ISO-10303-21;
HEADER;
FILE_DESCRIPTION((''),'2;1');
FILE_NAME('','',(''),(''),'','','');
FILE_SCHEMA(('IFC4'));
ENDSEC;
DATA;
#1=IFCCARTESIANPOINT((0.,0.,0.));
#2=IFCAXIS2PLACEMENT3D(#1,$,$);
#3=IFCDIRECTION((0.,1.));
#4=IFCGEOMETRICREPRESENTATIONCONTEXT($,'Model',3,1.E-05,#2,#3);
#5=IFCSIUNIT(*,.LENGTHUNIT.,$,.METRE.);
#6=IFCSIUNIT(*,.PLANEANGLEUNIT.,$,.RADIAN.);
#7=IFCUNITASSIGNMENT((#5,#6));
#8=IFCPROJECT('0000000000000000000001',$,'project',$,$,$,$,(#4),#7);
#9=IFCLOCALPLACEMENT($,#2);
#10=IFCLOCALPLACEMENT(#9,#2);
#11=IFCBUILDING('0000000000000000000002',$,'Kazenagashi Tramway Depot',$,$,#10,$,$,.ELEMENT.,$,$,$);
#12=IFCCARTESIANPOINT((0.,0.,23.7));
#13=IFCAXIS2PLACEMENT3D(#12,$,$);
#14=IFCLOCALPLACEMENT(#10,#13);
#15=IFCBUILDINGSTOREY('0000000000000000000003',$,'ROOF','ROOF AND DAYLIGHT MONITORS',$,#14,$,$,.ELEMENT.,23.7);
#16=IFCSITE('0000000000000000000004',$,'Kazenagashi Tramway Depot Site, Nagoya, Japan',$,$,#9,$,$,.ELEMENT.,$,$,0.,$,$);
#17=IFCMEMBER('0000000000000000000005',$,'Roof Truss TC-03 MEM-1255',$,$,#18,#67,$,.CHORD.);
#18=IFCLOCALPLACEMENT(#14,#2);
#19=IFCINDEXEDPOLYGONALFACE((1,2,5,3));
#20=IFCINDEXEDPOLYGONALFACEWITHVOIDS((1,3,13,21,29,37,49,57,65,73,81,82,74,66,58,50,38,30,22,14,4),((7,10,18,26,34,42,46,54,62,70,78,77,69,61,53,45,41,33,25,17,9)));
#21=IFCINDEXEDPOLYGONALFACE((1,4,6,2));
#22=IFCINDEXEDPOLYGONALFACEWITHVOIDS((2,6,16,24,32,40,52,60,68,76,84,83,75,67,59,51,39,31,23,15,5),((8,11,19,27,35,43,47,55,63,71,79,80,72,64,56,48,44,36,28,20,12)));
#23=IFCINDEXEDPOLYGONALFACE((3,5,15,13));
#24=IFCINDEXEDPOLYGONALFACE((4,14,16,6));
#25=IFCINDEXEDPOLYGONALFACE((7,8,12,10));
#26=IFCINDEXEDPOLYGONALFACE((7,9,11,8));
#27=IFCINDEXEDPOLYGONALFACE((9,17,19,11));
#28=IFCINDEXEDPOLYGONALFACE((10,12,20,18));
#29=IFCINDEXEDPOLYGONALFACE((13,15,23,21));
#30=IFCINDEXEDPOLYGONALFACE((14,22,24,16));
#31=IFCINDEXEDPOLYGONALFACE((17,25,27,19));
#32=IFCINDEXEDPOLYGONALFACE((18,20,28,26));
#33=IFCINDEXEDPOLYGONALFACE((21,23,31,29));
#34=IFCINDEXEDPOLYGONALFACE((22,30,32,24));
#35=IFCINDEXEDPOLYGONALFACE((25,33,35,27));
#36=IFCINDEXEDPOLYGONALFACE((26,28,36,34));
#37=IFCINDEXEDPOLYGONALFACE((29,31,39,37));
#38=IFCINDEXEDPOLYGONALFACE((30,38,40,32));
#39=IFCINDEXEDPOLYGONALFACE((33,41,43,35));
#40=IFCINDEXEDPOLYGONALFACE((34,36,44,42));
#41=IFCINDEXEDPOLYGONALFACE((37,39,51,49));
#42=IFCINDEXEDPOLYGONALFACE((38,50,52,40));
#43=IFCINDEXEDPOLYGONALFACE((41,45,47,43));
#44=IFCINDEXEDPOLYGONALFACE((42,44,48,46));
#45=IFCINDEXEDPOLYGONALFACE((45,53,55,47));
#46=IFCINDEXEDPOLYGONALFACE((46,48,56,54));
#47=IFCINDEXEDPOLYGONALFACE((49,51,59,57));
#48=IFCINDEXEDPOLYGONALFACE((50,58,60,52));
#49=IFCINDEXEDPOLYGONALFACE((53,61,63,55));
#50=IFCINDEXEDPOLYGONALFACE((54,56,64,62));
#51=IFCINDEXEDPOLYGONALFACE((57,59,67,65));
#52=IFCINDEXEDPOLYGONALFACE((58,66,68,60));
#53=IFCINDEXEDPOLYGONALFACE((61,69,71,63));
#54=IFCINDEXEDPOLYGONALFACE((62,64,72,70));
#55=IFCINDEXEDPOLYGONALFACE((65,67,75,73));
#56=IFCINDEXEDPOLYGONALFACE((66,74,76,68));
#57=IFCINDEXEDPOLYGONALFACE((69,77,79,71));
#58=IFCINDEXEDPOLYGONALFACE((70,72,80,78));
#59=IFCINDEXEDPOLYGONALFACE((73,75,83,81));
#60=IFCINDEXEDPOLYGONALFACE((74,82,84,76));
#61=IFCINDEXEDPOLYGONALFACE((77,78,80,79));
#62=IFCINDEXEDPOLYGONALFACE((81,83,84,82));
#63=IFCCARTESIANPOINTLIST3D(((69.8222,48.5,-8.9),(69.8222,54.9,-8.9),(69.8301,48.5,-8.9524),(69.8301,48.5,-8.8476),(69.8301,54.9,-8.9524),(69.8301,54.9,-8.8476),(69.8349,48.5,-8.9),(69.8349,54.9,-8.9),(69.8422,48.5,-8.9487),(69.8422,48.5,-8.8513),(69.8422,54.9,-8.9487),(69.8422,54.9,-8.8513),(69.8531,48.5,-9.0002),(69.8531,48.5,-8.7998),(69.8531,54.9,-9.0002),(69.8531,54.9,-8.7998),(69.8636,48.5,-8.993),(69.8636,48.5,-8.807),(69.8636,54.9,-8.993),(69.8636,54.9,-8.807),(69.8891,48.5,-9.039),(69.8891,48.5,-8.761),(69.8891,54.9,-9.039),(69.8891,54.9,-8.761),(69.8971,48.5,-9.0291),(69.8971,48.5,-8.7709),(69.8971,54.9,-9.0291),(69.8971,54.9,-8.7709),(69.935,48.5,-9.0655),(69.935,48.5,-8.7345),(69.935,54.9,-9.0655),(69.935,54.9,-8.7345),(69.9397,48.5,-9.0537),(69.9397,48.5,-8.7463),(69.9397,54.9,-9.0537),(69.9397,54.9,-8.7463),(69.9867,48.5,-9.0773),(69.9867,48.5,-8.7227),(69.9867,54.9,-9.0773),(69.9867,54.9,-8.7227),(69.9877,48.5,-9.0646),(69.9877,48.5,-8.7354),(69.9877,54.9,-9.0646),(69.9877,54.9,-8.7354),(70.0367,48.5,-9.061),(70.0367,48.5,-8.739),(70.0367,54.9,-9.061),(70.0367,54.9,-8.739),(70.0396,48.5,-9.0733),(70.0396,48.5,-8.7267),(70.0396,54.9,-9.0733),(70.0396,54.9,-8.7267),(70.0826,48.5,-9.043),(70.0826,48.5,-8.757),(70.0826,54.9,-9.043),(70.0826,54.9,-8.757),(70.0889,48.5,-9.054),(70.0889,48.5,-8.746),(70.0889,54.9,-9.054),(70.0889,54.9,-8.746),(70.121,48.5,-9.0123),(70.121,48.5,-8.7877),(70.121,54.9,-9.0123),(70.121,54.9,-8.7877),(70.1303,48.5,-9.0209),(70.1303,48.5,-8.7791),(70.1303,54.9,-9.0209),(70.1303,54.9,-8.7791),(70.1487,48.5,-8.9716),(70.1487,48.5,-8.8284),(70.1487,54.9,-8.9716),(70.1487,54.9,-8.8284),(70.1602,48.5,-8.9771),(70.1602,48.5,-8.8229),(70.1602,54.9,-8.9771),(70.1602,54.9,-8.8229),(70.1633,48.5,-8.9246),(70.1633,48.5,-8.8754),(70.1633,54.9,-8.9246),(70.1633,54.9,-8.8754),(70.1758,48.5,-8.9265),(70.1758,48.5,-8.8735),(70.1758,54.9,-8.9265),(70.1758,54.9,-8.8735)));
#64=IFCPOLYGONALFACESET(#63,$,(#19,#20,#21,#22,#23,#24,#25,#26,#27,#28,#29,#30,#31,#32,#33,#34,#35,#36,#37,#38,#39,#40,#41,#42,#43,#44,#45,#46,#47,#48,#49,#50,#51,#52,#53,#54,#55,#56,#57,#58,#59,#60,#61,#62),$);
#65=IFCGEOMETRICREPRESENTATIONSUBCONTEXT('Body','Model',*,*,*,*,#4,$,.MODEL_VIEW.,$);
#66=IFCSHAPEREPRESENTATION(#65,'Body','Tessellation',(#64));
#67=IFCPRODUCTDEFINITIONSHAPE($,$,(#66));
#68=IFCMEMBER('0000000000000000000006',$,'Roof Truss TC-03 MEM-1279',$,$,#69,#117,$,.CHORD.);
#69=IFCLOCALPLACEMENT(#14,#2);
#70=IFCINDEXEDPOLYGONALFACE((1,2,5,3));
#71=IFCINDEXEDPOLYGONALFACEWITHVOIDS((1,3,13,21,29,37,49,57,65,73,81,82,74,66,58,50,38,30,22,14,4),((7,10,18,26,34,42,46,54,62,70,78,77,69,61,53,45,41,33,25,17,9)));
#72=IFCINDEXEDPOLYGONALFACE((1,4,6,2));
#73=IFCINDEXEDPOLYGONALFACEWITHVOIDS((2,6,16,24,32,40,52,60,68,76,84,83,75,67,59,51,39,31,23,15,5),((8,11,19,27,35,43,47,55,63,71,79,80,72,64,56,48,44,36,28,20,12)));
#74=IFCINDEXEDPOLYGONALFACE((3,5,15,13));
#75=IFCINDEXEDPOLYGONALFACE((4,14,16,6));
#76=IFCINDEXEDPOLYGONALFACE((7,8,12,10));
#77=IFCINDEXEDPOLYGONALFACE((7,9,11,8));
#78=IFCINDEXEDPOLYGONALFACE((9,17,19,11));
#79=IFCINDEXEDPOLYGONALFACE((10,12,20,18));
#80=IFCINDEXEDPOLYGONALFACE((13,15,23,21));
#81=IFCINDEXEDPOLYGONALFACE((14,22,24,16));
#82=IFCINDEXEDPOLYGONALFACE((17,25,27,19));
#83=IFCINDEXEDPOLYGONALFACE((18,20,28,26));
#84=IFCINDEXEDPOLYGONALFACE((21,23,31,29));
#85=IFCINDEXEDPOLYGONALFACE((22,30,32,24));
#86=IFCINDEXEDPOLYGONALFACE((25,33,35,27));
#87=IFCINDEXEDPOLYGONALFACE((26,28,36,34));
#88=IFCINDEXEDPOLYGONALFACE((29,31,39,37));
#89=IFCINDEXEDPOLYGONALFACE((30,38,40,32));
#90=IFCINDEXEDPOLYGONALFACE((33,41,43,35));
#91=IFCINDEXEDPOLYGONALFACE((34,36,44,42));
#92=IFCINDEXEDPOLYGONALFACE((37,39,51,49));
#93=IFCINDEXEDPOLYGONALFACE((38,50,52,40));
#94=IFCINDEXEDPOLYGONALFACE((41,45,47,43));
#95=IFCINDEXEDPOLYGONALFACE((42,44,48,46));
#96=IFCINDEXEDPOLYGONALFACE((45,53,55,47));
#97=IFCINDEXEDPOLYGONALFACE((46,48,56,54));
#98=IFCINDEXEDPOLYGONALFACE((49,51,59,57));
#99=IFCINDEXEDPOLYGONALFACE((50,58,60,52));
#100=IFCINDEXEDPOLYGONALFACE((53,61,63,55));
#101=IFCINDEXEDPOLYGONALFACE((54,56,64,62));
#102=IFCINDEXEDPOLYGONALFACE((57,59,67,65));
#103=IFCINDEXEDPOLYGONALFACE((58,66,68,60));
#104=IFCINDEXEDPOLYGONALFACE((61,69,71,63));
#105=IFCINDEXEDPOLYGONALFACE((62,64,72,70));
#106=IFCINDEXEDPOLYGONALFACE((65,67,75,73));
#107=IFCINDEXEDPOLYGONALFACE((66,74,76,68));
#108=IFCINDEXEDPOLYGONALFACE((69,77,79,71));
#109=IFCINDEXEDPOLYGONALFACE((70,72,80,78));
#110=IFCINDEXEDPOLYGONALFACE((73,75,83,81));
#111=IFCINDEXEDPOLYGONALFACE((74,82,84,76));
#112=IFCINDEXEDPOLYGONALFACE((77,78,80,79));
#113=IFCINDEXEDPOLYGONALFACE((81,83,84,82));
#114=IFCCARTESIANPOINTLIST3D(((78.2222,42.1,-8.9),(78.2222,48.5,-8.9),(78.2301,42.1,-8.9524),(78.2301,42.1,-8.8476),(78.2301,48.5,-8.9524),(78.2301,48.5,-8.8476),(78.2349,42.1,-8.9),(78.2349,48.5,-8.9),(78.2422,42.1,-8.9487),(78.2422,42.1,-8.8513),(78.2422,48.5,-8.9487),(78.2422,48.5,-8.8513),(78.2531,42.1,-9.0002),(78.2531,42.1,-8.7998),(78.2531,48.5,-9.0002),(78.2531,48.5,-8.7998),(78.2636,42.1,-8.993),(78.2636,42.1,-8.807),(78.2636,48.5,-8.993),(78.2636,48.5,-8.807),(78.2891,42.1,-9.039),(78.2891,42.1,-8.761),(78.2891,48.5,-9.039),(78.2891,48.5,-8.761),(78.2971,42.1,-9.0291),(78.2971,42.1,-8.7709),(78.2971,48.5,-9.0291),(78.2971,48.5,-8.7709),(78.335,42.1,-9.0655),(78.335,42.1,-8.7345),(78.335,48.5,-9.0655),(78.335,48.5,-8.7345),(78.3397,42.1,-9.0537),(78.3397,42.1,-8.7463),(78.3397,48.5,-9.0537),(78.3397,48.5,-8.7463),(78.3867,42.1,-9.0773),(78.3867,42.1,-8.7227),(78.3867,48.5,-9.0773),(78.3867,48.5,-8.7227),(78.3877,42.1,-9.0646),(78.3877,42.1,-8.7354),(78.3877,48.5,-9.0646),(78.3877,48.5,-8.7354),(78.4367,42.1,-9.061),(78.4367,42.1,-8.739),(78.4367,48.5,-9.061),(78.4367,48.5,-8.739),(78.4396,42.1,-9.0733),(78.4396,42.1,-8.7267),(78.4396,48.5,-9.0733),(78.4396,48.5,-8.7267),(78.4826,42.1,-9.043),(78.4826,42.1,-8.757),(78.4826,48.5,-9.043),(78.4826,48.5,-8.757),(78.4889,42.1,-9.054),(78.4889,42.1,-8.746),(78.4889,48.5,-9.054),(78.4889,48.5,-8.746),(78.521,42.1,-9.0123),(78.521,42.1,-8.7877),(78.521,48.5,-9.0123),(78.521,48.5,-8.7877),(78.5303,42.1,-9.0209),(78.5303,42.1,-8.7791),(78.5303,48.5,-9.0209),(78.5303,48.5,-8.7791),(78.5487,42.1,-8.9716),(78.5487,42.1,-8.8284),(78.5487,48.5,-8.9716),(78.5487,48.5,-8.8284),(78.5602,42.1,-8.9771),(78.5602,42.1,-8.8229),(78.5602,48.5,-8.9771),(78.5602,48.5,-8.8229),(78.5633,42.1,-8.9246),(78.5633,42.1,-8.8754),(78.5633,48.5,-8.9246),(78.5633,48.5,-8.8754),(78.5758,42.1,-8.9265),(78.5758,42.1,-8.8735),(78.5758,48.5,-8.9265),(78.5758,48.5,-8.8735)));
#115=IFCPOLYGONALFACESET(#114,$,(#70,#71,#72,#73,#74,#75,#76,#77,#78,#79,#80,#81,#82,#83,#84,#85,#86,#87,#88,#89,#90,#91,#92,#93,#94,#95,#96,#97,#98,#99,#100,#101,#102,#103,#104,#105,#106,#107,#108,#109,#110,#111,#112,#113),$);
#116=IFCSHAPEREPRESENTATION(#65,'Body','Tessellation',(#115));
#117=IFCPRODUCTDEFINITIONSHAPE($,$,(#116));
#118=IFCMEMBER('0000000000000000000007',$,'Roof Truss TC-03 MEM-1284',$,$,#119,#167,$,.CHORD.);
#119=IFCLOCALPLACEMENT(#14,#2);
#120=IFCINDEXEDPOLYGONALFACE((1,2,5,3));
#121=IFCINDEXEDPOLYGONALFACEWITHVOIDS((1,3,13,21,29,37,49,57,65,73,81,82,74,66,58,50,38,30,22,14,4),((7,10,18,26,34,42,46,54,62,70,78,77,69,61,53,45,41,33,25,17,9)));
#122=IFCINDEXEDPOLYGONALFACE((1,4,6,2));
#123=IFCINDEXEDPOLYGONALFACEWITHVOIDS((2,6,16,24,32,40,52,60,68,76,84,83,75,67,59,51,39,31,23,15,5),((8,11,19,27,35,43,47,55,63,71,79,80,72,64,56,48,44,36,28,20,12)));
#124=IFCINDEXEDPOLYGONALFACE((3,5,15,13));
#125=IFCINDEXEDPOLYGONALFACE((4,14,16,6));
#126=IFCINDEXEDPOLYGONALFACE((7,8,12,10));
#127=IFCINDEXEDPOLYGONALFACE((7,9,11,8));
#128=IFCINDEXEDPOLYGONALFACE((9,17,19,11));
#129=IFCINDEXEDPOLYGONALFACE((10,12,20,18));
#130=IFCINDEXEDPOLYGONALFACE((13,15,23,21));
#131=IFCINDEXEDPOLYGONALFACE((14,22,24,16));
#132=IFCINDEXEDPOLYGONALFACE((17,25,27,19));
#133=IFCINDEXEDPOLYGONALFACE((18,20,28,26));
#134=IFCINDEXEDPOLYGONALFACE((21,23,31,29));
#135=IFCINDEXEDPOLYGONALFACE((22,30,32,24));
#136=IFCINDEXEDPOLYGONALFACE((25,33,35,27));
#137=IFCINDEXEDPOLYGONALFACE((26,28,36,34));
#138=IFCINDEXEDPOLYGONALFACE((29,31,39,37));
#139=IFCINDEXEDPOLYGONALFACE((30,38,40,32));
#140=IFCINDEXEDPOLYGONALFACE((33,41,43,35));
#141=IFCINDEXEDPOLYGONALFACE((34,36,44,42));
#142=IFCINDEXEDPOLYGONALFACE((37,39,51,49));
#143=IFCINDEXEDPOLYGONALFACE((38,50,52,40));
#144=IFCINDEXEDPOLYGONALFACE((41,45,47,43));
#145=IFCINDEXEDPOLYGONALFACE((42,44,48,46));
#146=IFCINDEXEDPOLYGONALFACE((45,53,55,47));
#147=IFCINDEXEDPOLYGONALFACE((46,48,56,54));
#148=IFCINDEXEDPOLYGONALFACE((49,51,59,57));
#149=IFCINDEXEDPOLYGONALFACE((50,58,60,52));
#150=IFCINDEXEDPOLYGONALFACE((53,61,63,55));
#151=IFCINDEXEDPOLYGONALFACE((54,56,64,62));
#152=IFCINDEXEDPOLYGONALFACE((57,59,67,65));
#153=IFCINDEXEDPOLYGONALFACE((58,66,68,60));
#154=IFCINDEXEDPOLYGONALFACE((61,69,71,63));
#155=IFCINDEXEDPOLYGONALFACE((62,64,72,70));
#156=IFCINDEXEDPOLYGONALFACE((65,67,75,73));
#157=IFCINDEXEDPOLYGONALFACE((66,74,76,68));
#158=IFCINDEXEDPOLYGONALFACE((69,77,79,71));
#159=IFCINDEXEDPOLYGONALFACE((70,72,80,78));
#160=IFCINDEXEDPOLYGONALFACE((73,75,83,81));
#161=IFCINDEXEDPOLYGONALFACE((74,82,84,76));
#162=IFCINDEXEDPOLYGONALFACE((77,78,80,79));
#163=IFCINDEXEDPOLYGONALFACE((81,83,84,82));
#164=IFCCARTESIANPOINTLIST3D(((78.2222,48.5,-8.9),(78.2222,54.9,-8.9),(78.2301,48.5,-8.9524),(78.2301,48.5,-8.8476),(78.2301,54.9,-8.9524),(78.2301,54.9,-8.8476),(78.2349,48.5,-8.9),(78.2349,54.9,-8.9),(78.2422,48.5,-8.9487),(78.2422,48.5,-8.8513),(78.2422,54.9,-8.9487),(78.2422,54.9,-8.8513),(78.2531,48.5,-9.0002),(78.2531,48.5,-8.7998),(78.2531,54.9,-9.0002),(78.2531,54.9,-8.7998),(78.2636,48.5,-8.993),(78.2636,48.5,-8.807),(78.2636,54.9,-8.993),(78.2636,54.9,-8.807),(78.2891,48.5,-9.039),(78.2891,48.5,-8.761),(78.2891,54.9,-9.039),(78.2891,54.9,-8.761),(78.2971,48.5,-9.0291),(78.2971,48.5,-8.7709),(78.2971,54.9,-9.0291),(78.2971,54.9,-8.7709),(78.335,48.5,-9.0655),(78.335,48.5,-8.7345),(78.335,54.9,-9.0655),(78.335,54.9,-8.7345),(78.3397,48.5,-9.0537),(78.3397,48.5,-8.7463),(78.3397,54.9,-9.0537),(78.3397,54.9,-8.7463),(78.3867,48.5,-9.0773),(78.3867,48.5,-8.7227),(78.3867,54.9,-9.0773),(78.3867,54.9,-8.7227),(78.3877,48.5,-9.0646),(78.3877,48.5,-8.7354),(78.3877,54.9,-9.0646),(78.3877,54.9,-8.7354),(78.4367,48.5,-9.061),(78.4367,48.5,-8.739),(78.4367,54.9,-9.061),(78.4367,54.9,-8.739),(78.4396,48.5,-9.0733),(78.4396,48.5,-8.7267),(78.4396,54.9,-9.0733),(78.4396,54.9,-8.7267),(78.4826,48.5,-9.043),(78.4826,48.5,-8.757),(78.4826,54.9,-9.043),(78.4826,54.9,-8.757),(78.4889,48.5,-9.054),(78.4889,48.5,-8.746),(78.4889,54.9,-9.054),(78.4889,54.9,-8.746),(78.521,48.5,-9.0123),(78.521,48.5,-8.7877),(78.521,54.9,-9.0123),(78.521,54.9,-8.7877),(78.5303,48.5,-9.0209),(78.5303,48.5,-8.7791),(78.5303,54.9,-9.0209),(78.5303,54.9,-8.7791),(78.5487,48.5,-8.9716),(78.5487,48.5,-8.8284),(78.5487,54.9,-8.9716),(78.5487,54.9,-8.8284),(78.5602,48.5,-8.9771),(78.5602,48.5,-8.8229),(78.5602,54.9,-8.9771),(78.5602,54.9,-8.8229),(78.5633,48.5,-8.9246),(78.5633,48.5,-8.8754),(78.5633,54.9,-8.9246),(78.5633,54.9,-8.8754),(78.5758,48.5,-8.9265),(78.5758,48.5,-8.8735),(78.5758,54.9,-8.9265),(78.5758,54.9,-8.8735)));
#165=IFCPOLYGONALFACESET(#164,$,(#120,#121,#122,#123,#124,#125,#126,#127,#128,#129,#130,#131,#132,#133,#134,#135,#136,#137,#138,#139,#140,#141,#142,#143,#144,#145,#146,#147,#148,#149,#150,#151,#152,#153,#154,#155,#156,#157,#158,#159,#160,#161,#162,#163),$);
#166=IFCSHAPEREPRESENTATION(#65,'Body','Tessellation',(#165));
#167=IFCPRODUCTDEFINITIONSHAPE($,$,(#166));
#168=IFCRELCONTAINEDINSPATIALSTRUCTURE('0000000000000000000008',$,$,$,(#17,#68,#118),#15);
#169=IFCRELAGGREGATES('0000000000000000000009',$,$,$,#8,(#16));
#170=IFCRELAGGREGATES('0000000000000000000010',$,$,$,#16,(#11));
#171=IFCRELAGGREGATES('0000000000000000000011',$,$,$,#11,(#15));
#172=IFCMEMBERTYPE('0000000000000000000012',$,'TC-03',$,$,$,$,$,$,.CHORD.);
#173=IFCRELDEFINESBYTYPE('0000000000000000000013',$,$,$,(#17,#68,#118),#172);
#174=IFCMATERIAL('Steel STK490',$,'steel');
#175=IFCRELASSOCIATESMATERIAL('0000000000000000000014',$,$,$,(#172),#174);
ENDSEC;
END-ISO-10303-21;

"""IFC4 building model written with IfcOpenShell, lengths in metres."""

from ifc_helpers import new_model, si_unit, direction, frame, origin, origin_2d, place, context, subcontext, project, spatial, hollow_circle, extrude, material, material_profile, profile_set, type_object, element, save


model = new_model("IFC4")

# Units and contexts
model_context = context("Model", 3, precision=1e-05, world=origin(), true_north=direction((0.0, 1.0)))
body_context = subcontext(model_context, "Body", "Model", "MODEL_VIEW")
ifc_project = project(units=[si_unit("LENGTHUNIT", "METRE"), si_unit("PLANEANGLEUNIT", "RADIAN")], contexts=[model_context])

# Site, building, storey
site_placement = place(None, origin())
site = spatial("IfcSite", under=ifc_project, at=site_placement, Name="Kazenagashi Tramway Depot Site, Nagoya, Japan", CompositionType="ELEMENT", RefElevation=0.0)
building_placement = place(site_placement, origin())
building = spatial("IfcBuilding", under=site, at=building_placement, Name="Kazenagashi Tramway Depot", CompositionType="ELEMENT")
storey_placement = place(building_placement, frame((0.0, 0.0, 23.7)))
storey = spatial("IfcBuildingStorey", under=building, at=storey_placement, Name="ROOF", Description="ROOF AND DAYLIGHT MONITORS", CompositionType="ELEMENT", Elevation=23.7)

# Members
ifc_material_1 = material(Name="Steel STK490", Category="steel")
ifc_material_profile_1 = material_profile(ifc_material_1, hollow_circle(Radius=0.1778, WallThickness=0.0127, at=origin_2d()), Name="CHS-355.6x12.7")
ifc_profile_set_1 = profile_set([ifc_material_profile_1], Name="Steel STK490")
member_type_1 = type_object("IfcMemberType", Name="TC-03", PredefinedType="CHORD", material=ifc_profile_set_1)
for number, where, z_axis, x_axis, name in (
    (1, (70.0, 48.5, -8.9), (0.0, 1.0, 0.0), (-1.0, 0.0, 0.0), "Roof Truss TC-03 MEM-1255"),
    (2, (78.4, 42.1, -8.9), (0.0, 1.0, 0.0), (-1.0, 0.0, 0.0), "Roof Truss TC-03 MEM-1279"),
    (3, (78.4, 48.5, -8.9), (0.0, 1.0, 0.0), (-1.0, 0.0, 0.0), "Roof Truss TC-03 MEM-1284"),
):
    element("IfcMember", number, at=place(storey_placement, frame(where, z_axis=z_axis, x_axis=x_axis)), inside=storey, type_object=member_type_1, Name=name, PredefinedType="CHORD", context=body_context, shape_type="SweptSolid", body=[
        extrude(hollow_circle(Radius=0.1778, WallThickness=0.0127, at=origin_2d()), origin(), (0.0, 0.0, 1.0), 6.4),
    ])

save(model, "model.ifc")
